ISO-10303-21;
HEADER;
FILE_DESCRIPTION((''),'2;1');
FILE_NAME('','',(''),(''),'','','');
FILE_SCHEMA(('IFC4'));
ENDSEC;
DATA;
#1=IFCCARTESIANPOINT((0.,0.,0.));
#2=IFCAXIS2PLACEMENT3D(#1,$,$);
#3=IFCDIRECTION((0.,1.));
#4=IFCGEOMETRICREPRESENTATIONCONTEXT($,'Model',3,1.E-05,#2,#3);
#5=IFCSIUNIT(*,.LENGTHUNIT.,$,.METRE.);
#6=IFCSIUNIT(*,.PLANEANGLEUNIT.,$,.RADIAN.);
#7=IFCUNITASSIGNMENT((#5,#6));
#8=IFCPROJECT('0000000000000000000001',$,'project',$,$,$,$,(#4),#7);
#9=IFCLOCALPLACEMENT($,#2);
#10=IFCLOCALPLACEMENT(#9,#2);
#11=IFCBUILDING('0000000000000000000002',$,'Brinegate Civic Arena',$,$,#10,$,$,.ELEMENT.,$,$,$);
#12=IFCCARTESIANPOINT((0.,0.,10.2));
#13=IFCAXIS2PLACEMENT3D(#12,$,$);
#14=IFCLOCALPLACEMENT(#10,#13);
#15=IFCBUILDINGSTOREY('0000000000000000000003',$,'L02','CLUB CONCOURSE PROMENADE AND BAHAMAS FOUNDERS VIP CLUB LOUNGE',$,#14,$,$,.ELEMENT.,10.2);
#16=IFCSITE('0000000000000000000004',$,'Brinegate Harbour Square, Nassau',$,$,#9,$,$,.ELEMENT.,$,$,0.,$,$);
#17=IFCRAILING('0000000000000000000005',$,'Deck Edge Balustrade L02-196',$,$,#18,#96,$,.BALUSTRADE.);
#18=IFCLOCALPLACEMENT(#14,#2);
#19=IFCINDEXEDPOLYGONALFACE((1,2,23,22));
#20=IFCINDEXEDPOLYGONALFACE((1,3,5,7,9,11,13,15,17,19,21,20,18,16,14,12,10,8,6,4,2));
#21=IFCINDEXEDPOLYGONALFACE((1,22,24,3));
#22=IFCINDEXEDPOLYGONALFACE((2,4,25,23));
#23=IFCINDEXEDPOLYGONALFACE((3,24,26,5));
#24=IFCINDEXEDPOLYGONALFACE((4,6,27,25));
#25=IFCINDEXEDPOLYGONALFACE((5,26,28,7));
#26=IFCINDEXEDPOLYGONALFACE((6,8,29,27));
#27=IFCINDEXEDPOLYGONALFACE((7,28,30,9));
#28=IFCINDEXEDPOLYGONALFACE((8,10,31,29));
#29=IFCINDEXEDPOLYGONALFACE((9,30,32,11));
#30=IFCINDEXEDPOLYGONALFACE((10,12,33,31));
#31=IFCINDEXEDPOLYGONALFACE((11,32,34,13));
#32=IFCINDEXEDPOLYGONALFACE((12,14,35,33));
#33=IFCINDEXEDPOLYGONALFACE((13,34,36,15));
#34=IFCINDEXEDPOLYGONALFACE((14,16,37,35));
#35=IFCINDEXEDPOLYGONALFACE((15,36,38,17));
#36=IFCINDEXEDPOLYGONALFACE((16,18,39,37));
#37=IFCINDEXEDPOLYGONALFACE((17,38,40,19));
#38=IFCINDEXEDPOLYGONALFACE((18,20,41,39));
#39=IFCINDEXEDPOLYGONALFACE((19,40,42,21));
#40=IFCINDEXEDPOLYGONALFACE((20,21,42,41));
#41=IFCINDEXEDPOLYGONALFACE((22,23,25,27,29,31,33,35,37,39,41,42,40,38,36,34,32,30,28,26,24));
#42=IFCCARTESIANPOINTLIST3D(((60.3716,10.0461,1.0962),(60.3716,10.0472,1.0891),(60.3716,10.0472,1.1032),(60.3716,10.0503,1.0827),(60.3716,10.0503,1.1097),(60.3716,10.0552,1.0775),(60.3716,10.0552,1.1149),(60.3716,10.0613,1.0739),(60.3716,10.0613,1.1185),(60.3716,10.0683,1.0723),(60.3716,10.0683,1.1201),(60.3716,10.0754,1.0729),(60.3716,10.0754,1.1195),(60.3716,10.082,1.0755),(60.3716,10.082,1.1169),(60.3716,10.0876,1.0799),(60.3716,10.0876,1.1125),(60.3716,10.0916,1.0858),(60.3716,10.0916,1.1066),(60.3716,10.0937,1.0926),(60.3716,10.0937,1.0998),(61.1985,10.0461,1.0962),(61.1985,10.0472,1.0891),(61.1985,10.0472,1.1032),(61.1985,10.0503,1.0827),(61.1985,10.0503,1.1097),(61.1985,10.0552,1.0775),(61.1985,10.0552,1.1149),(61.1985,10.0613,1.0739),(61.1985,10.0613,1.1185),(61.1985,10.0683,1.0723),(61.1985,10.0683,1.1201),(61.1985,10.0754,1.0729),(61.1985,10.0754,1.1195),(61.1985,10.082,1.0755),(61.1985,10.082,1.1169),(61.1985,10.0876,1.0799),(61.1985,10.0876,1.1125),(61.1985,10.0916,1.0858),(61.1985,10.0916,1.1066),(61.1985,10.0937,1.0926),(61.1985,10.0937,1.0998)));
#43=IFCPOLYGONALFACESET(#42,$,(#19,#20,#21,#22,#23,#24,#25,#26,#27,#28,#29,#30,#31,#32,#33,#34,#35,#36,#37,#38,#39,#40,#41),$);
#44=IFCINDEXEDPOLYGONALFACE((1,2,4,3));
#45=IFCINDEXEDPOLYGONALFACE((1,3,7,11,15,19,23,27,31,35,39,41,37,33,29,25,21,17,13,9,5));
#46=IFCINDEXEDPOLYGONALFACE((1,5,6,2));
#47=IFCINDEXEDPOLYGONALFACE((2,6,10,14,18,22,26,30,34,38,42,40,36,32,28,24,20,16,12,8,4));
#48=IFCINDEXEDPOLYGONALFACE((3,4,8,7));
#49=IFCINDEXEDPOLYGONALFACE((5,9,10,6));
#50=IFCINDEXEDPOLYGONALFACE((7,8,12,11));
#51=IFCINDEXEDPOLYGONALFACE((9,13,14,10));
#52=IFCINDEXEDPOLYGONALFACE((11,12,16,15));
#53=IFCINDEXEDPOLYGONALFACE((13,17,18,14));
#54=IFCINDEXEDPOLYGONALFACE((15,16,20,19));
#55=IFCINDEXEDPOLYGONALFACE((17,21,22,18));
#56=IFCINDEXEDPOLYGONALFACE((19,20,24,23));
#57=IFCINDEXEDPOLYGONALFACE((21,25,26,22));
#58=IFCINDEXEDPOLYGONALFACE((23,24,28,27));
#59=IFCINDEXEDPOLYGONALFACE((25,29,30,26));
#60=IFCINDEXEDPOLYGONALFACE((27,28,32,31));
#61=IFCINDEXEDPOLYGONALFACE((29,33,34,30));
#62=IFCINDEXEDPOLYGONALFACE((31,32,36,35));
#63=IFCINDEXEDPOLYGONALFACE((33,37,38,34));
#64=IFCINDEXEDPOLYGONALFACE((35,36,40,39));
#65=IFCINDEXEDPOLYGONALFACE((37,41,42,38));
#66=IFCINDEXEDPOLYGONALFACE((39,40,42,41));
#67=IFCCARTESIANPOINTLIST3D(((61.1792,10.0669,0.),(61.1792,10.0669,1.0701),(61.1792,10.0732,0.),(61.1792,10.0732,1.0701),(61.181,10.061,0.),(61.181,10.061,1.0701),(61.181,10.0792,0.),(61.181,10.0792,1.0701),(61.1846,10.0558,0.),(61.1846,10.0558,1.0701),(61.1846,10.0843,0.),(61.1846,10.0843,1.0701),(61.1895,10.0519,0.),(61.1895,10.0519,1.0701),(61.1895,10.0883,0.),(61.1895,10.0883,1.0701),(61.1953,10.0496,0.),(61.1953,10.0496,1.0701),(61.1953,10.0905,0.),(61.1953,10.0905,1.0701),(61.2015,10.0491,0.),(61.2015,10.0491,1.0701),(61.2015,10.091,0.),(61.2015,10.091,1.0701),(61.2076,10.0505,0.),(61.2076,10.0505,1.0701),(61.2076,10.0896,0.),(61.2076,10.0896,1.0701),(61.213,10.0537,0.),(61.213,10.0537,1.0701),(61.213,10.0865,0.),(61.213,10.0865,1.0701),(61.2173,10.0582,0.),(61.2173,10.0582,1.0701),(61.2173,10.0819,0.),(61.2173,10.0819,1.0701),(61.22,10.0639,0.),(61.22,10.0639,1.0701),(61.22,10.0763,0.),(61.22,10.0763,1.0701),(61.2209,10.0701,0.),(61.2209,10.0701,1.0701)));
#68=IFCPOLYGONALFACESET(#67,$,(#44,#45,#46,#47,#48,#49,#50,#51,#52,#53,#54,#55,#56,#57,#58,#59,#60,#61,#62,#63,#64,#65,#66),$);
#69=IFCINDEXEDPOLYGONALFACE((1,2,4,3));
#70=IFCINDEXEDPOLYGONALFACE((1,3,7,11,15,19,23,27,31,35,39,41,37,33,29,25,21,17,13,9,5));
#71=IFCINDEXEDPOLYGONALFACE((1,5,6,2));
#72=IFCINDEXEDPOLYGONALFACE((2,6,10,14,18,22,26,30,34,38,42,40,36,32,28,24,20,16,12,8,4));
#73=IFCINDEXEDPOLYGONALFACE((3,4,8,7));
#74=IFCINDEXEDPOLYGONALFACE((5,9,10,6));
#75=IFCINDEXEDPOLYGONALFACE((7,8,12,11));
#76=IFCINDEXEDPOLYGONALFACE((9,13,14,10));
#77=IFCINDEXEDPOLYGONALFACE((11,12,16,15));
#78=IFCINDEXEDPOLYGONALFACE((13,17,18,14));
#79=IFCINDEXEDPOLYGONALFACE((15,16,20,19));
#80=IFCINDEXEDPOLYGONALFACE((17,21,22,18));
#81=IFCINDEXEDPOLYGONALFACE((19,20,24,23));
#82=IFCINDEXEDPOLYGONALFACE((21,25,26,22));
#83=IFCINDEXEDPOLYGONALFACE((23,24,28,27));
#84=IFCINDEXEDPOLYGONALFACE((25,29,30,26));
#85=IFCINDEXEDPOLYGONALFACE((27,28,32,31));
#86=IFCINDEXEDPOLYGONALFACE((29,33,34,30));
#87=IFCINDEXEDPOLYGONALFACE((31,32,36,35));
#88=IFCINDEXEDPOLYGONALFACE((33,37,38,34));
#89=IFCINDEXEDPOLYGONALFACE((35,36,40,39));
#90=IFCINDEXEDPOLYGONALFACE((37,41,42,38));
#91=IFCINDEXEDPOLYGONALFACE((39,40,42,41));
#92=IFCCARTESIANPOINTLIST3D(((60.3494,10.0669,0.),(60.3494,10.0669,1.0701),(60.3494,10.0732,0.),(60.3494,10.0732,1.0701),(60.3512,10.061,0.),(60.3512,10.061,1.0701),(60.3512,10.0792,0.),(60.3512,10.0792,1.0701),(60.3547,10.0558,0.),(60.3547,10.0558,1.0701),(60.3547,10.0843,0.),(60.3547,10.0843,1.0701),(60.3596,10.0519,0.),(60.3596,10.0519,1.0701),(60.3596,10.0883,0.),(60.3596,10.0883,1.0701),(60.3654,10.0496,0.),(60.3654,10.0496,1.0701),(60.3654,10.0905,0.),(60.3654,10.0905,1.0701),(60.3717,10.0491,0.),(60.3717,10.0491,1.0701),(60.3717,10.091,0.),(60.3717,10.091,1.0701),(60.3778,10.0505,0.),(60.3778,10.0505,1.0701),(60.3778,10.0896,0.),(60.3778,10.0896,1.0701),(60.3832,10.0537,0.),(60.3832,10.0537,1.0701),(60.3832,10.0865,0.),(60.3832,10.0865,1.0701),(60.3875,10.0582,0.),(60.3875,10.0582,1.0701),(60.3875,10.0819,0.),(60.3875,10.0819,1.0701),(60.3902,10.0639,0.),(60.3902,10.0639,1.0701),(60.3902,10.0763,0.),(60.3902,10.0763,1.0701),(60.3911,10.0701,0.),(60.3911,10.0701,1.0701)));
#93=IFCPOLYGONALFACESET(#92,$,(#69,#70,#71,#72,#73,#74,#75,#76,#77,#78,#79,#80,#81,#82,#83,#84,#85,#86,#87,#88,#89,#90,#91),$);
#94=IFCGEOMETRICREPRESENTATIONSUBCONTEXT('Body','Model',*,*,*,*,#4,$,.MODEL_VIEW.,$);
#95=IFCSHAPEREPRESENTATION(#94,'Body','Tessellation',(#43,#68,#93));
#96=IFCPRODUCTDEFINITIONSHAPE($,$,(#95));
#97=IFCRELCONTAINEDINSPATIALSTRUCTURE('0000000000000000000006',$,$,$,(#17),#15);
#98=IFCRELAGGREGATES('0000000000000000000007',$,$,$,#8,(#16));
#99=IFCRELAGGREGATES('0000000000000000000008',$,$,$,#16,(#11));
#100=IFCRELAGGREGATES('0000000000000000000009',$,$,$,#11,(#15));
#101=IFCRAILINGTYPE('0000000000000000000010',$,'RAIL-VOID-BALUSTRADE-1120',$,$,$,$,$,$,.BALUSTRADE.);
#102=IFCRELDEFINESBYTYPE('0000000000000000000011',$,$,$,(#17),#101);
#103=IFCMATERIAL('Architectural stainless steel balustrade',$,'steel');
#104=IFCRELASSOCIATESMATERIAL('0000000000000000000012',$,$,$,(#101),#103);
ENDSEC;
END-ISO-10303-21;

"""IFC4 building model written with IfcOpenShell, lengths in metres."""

from ifc_helpers import new_model, si_unit, direction, frame, origin, origin_2d, place, context, subcontext, project, spatial, circle, extrude, material, type_object, element, save


model = new_model("IFC4")

# Units and contexts
model_context = context("Model", 3, precision=1e-05, world=origin(), true_north=direction((0.0, 1.0)))
body_context = subcontext(model_context, "Body", "Model", "MODEL_VIEW")
ifc_project = project(units=[si_unit("LENGTHUNIT", "METRE"), si_unit("PLANEANGLEUNIT", "RADIAN")], contexts=[model_context])

# Site, building, storey
site_placement = place(None, origin())
site = spatial("IfcSite", under=ifc_project, at=site_placement, Name="Brinegate Harbour Square, Nassau", CompositionType="ELEMENT", RefElevation=0.0)
building_placement = place(site_placement, origin())
building = spatial("IfcBuilding", under=site, at=building_placement, Name="Brinegate Civic Arena", CompositionType="ELEMENT")
storey_placement = place(building_placement, frame((0.0, 0.0, 10.2)))
storey = spatial("IfcBuildingStorey", under=building, at=storey_placement, Name="L02", Description="CLUB CONCOURSE PROMENADE AND BAHAMAS FOUNDERS VIP CLUB LOUNGE", CompositionType="ELEMENT", Elevation=10.2)

# Railing
ifc_material_1 = material(Name="Architectural stainless steel balustrade", Category="steel")
railing_type_1 = type_object("IfcRailingType", Name="RAIL-VOID-BALUSTRADE-1120", PredefinedType="BALUSTRADE", material=ifc_material_1)
railing_placement = place(storey_placement, frame((61.2, 10.0701, 0.0)))
element("IfcRailing", 1, at=railing_placement, inside=storey, type_object=railing_type_1, Name="Deck Edge Balustrade L02-196", PredefinedType="BALUSTRADE", context=body_context, shape_type="SweptSolid", body=[
    extrude(circle(Radius=0.0239, at=origin_2d()), frame((-0.0015, 0.0, 1.0962), z_axis=(-1.0, 0.0, 0.0), x_axis=(0.0, -1.0, 0.0)), (0.0, 0.0, 1.0), 0.8269),
    extrude(circle(Radius=0.021, at=origin_2d()), origin(), (0.0, 0.0, 1.0), 1.0701),
    extrude(circle(Radius=0.021, at=origin_2d()), frame((-0.8298, 0.0, 0.0)), (0.0, 0.0, 1.0), 1.0701),
])

save(model, "model.ifc")
